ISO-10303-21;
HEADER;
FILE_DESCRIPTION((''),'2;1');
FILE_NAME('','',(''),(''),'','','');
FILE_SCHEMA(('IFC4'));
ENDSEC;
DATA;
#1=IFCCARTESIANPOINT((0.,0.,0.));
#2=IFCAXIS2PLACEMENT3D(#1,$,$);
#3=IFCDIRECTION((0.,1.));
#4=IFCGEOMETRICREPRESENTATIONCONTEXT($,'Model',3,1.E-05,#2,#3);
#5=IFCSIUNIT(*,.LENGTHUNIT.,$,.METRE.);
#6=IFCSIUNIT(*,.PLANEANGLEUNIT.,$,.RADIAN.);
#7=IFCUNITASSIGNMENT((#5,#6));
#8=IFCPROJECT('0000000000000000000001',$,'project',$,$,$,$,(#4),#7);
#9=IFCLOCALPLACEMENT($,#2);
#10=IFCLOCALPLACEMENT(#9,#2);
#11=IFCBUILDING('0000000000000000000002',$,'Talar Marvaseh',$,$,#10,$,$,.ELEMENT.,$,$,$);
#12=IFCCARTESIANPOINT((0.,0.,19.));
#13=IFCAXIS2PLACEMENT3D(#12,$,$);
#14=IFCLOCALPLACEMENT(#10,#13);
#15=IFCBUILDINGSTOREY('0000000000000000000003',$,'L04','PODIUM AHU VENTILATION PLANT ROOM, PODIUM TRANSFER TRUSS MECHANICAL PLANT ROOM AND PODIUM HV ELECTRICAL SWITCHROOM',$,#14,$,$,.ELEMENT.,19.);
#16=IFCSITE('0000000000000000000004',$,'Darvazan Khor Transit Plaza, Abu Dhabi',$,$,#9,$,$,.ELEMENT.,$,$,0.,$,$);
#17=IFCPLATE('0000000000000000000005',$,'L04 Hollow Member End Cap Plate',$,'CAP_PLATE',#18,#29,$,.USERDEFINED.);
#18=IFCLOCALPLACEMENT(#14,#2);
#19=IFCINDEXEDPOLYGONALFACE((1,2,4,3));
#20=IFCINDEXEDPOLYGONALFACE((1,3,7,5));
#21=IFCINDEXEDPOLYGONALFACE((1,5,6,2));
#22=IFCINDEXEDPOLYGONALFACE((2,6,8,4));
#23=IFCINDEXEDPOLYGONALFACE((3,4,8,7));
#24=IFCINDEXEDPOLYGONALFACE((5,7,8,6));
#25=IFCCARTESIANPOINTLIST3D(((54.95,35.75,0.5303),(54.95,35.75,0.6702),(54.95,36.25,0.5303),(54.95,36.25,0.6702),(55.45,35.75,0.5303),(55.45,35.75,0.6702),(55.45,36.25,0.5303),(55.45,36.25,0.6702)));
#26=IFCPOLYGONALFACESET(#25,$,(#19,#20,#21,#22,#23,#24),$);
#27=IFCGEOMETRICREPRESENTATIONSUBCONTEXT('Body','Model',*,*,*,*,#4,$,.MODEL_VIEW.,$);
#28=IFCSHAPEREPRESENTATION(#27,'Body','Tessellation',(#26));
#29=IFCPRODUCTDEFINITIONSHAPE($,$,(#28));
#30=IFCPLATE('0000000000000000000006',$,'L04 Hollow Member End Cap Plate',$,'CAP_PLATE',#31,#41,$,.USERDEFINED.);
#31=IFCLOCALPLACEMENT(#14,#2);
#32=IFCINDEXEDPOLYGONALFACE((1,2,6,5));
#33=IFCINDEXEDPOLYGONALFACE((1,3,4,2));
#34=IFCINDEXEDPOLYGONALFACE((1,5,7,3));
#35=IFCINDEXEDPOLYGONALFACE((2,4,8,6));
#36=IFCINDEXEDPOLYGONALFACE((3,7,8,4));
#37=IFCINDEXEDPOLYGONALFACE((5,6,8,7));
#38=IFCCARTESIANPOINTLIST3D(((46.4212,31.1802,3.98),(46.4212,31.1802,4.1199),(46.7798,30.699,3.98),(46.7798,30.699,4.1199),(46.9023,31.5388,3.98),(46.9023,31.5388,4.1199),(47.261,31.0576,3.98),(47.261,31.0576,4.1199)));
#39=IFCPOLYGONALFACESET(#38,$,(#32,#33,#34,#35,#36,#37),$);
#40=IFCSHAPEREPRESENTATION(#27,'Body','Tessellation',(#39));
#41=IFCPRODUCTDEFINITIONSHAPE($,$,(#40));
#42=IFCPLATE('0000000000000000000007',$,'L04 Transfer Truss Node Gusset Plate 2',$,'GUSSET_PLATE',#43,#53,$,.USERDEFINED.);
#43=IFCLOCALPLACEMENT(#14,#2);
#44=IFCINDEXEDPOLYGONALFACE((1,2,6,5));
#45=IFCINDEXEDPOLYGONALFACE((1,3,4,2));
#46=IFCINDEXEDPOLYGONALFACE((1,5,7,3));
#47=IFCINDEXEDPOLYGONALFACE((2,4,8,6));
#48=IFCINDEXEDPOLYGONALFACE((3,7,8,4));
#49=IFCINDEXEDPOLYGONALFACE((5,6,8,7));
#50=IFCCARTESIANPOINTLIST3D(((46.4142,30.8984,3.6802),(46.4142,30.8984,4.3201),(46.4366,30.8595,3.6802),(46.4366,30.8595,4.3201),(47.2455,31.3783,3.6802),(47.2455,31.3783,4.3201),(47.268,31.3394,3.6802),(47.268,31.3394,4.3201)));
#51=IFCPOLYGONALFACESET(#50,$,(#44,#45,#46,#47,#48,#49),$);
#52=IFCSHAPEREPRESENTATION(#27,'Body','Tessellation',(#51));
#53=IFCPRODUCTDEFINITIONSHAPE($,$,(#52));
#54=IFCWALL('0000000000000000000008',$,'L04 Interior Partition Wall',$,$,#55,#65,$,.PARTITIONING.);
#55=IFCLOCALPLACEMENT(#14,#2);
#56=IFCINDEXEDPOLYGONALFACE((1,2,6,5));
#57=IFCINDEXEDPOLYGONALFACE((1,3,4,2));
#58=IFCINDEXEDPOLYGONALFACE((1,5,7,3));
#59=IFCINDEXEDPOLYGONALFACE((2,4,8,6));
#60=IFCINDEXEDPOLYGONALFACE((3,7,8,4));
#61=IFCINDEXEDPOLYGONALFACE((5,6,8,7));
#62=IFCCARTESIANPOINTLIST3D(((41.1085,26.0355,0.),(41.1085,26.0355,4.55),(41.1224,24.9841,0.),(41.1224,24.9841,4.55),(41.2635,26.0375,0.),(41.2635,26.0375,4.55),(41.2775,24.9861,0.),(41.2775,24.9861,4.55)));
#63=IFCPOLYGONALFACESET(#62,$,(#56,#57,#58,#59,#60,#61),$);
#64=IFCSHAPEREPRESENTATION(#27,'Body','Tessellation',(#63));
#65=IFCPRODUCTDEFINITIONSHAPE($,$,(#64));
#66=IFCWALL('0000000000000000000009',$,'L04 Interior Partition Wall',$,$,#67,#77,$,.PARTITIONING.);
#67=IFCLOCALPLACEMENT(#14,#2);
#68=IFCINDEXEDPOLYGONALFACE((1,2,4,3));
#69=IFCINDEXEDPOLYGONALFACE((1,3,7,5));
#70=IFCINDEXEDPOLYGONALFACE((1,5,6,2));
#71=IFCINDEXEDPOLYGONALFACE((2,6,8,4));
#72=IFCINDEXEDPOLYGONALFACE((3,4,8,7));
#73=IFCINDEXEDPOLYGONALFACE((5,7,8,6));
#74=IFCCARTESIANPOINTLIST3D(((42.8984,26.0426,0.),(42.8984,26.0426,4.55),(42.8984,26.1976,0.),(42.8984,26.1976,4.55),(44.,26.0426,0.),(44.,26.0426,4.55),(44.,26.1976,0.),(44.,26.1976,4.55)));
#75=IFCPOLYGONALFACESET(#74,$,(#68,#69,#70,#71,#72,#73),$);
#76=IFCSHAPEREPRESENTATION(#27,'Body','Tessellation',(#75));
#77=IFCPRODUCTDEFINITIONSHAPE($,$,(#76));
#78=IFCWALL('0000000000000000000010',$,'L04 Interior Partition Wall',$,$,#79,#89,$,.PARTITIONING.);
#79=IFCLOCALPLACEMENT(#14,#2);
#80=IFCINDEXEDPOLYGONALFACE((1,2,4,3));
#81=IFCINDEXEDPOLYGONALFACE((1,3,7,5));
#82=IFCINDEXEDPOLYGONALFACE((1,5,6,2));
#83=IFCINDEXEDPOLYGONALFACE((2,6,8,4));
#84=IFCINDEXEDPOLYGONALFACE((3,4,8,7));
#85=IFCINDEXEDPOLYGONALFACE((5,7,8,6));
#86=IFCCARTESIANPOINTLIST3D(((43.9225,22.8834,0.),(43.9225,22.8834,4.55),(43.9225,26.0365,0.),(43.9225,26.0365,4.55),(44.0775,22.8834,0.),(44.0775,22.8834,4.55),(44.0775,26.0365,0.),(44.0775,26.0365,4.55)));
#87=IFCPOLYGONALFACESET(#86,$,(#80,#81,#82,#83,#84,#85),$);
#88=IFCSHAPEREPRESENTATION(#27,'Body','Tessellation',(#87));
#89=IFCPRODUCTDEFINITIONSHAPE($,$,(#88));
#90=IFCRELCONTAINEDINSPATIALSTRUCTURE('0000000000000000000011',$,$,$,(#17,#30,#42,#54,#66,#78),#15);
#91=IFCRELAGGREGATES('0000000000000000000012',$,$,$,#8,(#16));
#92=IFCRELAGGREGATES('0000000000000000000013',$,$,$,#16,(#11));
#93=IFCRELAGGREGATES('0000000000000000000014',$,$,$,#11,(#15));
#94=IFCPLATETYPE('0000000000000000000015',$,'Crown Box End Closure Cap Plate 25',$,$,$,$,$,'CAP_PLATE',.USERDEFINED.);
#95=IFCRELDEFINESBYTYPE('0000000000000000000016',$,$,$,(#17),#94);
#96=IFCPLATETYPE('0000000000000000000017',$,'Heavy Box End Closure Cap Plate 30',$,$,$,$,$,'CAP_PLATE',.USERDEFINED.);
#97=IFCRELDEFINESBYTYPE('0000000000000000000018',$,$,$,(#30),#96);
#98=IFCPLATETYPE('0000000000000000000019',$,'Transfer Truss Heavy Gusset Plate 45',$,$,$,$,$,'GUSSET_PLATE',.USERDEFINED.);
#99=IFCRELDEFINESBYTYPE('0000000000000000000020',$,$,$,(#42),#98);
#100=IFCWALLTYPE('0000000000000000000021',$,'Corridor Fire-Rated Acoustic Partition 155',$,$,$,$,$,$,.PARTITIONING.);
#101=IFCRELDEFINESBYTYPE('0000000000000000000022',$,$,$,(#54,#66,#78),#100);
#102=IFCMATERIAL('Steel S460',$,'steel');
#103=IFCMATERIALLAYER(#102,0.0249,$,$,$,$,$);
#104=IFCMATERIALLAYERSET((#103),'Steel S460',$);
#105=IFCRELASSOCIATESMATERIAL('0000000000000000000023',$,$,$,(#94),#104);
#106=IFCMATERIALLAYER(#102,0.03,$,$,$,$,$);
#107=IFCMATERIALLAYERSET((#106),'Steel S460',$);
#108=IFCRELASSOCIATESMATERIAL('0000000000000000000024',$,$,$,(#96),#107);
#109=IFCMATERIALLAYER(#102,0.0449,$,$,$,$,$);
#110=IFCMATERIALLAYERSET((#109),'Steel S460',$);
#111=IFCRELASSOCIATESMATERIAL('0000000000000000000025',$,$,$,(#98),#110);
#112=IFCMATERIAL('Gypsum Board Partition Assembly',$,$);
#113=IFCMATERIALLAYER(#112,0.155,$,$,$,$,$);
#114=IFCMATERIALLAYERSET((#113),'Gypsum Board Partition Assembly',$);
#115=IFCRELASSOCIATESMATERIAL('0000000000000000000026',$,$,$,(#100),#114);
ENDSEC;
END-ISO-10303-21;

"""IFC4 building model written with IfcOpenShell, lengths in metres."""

from ifc_helpers import new_model, si_unit, direction, frame, frame_2d, origin, origin_2d, place, context, subcontext, project, spatial, rectangle, extrude, source, transform, mapped, material, layer, layer_set, type_object, type_shapes, element, save


model = new_model("IFC4")

# Units and contexts
model_context = context("Model", 3, precision=1e-05, world=origin(), true_north=direction((0.0, 1.0)))
body_context = subcontext(model_context, "Body", "Model", "MODEL_VIEW")
ifc_project = project(units=[si_unit("LENGTHUNIT", "METRE"), si_unit("PLANEANGLEUNIT", "RADIAN")], contexts=[model_context])

# Site, building, storey
site_placement = place(None, origin())
site = spatial("IfcSite", under=ifc_project, at=site_placement, Name="Darvazan Khor Transit Plaza, Abu Dhabi", CompositionType="ELEMENT", RefElevation=0.0)
building_placement = place(site_placement, origin())
building = spatial("IfcBuilding", under=site, at=building_placement, Name="Talar Marvaseh", CompositionType="ELEMENT")
storey_placement = place(building_placement, frame((0.0, 0.0, 19.0)))
storey = spatial("IfcBuildingStorey", under=building, at=storey_placement, Name="L04", Description="PODIUM AHU VENTILATION PLANT ROOM, PODIUM TRANSFER TRUSS MECHANICAL PLANT ROOM AND PODIUM HV ELECTRICAL SWITCHROOM", CompositionType="ELEMENT", Elevation=19.0)

# Shared definitions
ifc_material_1 = material(Name="Steel S460", Category="steel")

# Plates
ifc_layer_1 = layer(ifc_material_1, 0.0249)
ifc_layer_set_1 = layer_set([ifc_layer_1], Name="Steel S460")
plate_type_1 = type_object("IfcPlateType", Name="Crown Box End Closure Cap Plate 25", ElementType="CAP_PLATE", PredefinedType="USERDEFINED", material=ifc_layer_set_1)
shared_shape_1 = source(origin(), body_context, "Body", "SweptSolid", [
    extrude(rectangle(XDim=0.5, YDim=0.5, at=origin_2d()), origin(), (0.0, 0.0, 1.0), 0.1399),
])
type_shapes(plate_type_1, [shared_shape_1])
for number, where, z_axis, x_axis, name in (
    (1, (55.2, 36.0, 0.5303), (0.0, 0.0, 1.0), (0.0, 1.0, 0.0), "L04 Hollow Member End Cap Plate"),
):
    element("IfcPlate", number, at=place(storey_placement, frame(where, z_axis=z_axis, x_axis=x_axis)), inside=storey, type_object=plate_type_1, Name=name, ObjectType="CAP_PLATE", PredefinedType="USERDEFINED", context=body_context, shape_type="MappedRepresentation", body=[
        mapped(shared_shape_1, transform((0.0, 0.0, 0.0), x_axis=(1.0, 0.0, 0.0), y_axis=(0.0, 1.0, 0.0), z_axis=(0.0, 0.0, 1.0), scale=1.0)),
    ])
ifc_layer_2 = layer(ifc_material_1, 0.03)
ifc_layer_set_2 = layer_set([ifc_layer_2], Name="Steel S460")
plate_type_2 = type_object("IfcPlateType", Name="Heavy Box End Closure Cap Plate 30", ElementType="CAP_PLATE", PredefinedType="USERDEFINED", material=ifc_layer_set_2)
shared_shape_2 = source(origin(), body_context, "Body", "SweptSolid", [
    extrude(rectangle(XDim=0.6001, YDim=0.6001, at=origin_2d()), origin(), (0.0, 0.0, 1.0), 0.1399),
])
type_shapes(plate_type_2, [shared_shape_2])
plate_1_placement = place(storey_placement, frame((46.8411, 31.1189, 3.98), z_axis=(0.0, 0.0, 1.0), x_axis=(-0.597625, 0.801776, 0.0)))
element("IfcPlate", 2, at=plate_1_placement, inside=storey, type_object=plate_type_2, Name="L04 Hollow Member End Cap Plate", ObjectType="CAP_PLATE", PredefinedType="USERDEFINED", context=body_context, shape_type="MappedRepresentation", body=[
    mapped(shared_shape_2, transform((0.0, 0.0, 0.0), x_axis=(1.0, 0.0, 0.0), y_axis=(0.0, 1.0, 0.0), z_axis=(0.0, 0.0, 1.0), scale=1.0)),
])
ifc_layer_3 = layer(ifc_material_1, 0.0449)
ifc_layer_set_3 = layer_set([ifc_layer_3], Name="Steel S460")
plate_type_3 = type_object("IfcPlateType", Name="Transfer Truss Heavy Gusset Plate 45", ElementType="GUSSET_PLATE", PredefinedType="USERDEFINED", material=ifc_layer_set_3)
shared_shape_3 = source(origin(), body_context, "Body", "SweptSolid", [
    extrude(rectangle(XDim=0.96, YDim=0.0449, at=origin_2d()), origin(), (0.0, 0.0, 1.0), 0.6399),
])
type_shapes(plate_type_3, [shared_shape_3])
plate_2_placement = place(storey_placement, frame((46.8411, 31.1189, 3.6802), z_axis=(0.0, 0.0, 1.0), x_axis=(0.866025, 0.5, 0.0)))
element("IfcPlate", 3, at=plate_2_placement, inside=storey, type_object=plate_type_3, Name="L04 Transfer Truss Node Gusset Plate 2", ObjectType="GUSSET_PLATE", PredefinedType="USERDEFINED", context=body_context, shape_type="MappedRepresentation", body=[
    mapped(shared_shape_3, transform((0.0, 0.0, 0.0), x_axis=(1.0, 0.0, 0.0), y_axis=(0.0, 1.0, 0.0), z_axis=(0.0, 0.0, 1.0), scale=1.0)),
])

# Walls
ifc_material_2 = material(Name="Gypsum Board Partition Assembly")
ifc_layer_4 = layer(ifc_material_2, 0.155)
ifc_layer_set_4 = layer_set([ifc_layer_4], Name="Gypsum Board Partition Assembly")
wall_type = type_object("IfcWallType", Name="Corridor Fire-Rated Acoustic Partition 155", PredefinedType="PARTITIONING", material=ifc_layer_set_4)
wall_1_placement = place(storey_placement, frame((41.186, 26.0366, 0.0), z_axis=(0.0, 0.0, 1.0), x_axis=(0.013233, -0.999912, 0.0)))
element("IfcWall", 4, at=wall_1_placement, inside=storey, type_object=wall_type, Name="L04 Interior Partition Wall", PredefinedType="PARTITIONING", context=body_context, shape_type="SweptSolid", body=[
    extrude(rectangle(XDim=1.0515, YDim=0.155, at=frame_2d((0.5259, 0.0))), origin(), (0.0, 0.0, 1.0), 4.55),
])
wall_2_placement = place(storey_placement, frame((42.8984, 26.1201, 0.0), z_axis=(0.0, 0.0, 1.0), x_axis=(1.0, 0.0, 0.0)))
element("IfcWall", 5, at=wall_2_placement, inside=storey, type_object=wall_type, Name="L04 Interior Partition Wall", PredefinedType="PARTITIONING", context=body_context, shape_type="SweptSolid", body=[
    extrude(rectangle(XDim=1.1016, YDim=0.155, at=frame_2d((0.5508, 0.0))), origin(), (0.0, 0.0, 1.0), 4.55),
])
wall_3_placement = place(storey_placement, frame((44.0, 26.0366, 0.0), z_axis=(0.0, 0.0, 1.0), x_axis=(0.0, -1.0, 0.0)))
element("IfcWall", 6, at=wall_3_placement, inside=storey, type_object=wall_type, Name="L04 Interior Partition Wall", PredefinedType="PARTITIONING", context=body_context, shape_type="SweptSolid", body=[
    extrude(rectangle(XDim=3.1531, YDim=0.155, at=frame_2d((1.5767, 0.0))), origin(), (0.0, 0.0, 1.0), 4.55),
])

save(model, "model.ifc")
